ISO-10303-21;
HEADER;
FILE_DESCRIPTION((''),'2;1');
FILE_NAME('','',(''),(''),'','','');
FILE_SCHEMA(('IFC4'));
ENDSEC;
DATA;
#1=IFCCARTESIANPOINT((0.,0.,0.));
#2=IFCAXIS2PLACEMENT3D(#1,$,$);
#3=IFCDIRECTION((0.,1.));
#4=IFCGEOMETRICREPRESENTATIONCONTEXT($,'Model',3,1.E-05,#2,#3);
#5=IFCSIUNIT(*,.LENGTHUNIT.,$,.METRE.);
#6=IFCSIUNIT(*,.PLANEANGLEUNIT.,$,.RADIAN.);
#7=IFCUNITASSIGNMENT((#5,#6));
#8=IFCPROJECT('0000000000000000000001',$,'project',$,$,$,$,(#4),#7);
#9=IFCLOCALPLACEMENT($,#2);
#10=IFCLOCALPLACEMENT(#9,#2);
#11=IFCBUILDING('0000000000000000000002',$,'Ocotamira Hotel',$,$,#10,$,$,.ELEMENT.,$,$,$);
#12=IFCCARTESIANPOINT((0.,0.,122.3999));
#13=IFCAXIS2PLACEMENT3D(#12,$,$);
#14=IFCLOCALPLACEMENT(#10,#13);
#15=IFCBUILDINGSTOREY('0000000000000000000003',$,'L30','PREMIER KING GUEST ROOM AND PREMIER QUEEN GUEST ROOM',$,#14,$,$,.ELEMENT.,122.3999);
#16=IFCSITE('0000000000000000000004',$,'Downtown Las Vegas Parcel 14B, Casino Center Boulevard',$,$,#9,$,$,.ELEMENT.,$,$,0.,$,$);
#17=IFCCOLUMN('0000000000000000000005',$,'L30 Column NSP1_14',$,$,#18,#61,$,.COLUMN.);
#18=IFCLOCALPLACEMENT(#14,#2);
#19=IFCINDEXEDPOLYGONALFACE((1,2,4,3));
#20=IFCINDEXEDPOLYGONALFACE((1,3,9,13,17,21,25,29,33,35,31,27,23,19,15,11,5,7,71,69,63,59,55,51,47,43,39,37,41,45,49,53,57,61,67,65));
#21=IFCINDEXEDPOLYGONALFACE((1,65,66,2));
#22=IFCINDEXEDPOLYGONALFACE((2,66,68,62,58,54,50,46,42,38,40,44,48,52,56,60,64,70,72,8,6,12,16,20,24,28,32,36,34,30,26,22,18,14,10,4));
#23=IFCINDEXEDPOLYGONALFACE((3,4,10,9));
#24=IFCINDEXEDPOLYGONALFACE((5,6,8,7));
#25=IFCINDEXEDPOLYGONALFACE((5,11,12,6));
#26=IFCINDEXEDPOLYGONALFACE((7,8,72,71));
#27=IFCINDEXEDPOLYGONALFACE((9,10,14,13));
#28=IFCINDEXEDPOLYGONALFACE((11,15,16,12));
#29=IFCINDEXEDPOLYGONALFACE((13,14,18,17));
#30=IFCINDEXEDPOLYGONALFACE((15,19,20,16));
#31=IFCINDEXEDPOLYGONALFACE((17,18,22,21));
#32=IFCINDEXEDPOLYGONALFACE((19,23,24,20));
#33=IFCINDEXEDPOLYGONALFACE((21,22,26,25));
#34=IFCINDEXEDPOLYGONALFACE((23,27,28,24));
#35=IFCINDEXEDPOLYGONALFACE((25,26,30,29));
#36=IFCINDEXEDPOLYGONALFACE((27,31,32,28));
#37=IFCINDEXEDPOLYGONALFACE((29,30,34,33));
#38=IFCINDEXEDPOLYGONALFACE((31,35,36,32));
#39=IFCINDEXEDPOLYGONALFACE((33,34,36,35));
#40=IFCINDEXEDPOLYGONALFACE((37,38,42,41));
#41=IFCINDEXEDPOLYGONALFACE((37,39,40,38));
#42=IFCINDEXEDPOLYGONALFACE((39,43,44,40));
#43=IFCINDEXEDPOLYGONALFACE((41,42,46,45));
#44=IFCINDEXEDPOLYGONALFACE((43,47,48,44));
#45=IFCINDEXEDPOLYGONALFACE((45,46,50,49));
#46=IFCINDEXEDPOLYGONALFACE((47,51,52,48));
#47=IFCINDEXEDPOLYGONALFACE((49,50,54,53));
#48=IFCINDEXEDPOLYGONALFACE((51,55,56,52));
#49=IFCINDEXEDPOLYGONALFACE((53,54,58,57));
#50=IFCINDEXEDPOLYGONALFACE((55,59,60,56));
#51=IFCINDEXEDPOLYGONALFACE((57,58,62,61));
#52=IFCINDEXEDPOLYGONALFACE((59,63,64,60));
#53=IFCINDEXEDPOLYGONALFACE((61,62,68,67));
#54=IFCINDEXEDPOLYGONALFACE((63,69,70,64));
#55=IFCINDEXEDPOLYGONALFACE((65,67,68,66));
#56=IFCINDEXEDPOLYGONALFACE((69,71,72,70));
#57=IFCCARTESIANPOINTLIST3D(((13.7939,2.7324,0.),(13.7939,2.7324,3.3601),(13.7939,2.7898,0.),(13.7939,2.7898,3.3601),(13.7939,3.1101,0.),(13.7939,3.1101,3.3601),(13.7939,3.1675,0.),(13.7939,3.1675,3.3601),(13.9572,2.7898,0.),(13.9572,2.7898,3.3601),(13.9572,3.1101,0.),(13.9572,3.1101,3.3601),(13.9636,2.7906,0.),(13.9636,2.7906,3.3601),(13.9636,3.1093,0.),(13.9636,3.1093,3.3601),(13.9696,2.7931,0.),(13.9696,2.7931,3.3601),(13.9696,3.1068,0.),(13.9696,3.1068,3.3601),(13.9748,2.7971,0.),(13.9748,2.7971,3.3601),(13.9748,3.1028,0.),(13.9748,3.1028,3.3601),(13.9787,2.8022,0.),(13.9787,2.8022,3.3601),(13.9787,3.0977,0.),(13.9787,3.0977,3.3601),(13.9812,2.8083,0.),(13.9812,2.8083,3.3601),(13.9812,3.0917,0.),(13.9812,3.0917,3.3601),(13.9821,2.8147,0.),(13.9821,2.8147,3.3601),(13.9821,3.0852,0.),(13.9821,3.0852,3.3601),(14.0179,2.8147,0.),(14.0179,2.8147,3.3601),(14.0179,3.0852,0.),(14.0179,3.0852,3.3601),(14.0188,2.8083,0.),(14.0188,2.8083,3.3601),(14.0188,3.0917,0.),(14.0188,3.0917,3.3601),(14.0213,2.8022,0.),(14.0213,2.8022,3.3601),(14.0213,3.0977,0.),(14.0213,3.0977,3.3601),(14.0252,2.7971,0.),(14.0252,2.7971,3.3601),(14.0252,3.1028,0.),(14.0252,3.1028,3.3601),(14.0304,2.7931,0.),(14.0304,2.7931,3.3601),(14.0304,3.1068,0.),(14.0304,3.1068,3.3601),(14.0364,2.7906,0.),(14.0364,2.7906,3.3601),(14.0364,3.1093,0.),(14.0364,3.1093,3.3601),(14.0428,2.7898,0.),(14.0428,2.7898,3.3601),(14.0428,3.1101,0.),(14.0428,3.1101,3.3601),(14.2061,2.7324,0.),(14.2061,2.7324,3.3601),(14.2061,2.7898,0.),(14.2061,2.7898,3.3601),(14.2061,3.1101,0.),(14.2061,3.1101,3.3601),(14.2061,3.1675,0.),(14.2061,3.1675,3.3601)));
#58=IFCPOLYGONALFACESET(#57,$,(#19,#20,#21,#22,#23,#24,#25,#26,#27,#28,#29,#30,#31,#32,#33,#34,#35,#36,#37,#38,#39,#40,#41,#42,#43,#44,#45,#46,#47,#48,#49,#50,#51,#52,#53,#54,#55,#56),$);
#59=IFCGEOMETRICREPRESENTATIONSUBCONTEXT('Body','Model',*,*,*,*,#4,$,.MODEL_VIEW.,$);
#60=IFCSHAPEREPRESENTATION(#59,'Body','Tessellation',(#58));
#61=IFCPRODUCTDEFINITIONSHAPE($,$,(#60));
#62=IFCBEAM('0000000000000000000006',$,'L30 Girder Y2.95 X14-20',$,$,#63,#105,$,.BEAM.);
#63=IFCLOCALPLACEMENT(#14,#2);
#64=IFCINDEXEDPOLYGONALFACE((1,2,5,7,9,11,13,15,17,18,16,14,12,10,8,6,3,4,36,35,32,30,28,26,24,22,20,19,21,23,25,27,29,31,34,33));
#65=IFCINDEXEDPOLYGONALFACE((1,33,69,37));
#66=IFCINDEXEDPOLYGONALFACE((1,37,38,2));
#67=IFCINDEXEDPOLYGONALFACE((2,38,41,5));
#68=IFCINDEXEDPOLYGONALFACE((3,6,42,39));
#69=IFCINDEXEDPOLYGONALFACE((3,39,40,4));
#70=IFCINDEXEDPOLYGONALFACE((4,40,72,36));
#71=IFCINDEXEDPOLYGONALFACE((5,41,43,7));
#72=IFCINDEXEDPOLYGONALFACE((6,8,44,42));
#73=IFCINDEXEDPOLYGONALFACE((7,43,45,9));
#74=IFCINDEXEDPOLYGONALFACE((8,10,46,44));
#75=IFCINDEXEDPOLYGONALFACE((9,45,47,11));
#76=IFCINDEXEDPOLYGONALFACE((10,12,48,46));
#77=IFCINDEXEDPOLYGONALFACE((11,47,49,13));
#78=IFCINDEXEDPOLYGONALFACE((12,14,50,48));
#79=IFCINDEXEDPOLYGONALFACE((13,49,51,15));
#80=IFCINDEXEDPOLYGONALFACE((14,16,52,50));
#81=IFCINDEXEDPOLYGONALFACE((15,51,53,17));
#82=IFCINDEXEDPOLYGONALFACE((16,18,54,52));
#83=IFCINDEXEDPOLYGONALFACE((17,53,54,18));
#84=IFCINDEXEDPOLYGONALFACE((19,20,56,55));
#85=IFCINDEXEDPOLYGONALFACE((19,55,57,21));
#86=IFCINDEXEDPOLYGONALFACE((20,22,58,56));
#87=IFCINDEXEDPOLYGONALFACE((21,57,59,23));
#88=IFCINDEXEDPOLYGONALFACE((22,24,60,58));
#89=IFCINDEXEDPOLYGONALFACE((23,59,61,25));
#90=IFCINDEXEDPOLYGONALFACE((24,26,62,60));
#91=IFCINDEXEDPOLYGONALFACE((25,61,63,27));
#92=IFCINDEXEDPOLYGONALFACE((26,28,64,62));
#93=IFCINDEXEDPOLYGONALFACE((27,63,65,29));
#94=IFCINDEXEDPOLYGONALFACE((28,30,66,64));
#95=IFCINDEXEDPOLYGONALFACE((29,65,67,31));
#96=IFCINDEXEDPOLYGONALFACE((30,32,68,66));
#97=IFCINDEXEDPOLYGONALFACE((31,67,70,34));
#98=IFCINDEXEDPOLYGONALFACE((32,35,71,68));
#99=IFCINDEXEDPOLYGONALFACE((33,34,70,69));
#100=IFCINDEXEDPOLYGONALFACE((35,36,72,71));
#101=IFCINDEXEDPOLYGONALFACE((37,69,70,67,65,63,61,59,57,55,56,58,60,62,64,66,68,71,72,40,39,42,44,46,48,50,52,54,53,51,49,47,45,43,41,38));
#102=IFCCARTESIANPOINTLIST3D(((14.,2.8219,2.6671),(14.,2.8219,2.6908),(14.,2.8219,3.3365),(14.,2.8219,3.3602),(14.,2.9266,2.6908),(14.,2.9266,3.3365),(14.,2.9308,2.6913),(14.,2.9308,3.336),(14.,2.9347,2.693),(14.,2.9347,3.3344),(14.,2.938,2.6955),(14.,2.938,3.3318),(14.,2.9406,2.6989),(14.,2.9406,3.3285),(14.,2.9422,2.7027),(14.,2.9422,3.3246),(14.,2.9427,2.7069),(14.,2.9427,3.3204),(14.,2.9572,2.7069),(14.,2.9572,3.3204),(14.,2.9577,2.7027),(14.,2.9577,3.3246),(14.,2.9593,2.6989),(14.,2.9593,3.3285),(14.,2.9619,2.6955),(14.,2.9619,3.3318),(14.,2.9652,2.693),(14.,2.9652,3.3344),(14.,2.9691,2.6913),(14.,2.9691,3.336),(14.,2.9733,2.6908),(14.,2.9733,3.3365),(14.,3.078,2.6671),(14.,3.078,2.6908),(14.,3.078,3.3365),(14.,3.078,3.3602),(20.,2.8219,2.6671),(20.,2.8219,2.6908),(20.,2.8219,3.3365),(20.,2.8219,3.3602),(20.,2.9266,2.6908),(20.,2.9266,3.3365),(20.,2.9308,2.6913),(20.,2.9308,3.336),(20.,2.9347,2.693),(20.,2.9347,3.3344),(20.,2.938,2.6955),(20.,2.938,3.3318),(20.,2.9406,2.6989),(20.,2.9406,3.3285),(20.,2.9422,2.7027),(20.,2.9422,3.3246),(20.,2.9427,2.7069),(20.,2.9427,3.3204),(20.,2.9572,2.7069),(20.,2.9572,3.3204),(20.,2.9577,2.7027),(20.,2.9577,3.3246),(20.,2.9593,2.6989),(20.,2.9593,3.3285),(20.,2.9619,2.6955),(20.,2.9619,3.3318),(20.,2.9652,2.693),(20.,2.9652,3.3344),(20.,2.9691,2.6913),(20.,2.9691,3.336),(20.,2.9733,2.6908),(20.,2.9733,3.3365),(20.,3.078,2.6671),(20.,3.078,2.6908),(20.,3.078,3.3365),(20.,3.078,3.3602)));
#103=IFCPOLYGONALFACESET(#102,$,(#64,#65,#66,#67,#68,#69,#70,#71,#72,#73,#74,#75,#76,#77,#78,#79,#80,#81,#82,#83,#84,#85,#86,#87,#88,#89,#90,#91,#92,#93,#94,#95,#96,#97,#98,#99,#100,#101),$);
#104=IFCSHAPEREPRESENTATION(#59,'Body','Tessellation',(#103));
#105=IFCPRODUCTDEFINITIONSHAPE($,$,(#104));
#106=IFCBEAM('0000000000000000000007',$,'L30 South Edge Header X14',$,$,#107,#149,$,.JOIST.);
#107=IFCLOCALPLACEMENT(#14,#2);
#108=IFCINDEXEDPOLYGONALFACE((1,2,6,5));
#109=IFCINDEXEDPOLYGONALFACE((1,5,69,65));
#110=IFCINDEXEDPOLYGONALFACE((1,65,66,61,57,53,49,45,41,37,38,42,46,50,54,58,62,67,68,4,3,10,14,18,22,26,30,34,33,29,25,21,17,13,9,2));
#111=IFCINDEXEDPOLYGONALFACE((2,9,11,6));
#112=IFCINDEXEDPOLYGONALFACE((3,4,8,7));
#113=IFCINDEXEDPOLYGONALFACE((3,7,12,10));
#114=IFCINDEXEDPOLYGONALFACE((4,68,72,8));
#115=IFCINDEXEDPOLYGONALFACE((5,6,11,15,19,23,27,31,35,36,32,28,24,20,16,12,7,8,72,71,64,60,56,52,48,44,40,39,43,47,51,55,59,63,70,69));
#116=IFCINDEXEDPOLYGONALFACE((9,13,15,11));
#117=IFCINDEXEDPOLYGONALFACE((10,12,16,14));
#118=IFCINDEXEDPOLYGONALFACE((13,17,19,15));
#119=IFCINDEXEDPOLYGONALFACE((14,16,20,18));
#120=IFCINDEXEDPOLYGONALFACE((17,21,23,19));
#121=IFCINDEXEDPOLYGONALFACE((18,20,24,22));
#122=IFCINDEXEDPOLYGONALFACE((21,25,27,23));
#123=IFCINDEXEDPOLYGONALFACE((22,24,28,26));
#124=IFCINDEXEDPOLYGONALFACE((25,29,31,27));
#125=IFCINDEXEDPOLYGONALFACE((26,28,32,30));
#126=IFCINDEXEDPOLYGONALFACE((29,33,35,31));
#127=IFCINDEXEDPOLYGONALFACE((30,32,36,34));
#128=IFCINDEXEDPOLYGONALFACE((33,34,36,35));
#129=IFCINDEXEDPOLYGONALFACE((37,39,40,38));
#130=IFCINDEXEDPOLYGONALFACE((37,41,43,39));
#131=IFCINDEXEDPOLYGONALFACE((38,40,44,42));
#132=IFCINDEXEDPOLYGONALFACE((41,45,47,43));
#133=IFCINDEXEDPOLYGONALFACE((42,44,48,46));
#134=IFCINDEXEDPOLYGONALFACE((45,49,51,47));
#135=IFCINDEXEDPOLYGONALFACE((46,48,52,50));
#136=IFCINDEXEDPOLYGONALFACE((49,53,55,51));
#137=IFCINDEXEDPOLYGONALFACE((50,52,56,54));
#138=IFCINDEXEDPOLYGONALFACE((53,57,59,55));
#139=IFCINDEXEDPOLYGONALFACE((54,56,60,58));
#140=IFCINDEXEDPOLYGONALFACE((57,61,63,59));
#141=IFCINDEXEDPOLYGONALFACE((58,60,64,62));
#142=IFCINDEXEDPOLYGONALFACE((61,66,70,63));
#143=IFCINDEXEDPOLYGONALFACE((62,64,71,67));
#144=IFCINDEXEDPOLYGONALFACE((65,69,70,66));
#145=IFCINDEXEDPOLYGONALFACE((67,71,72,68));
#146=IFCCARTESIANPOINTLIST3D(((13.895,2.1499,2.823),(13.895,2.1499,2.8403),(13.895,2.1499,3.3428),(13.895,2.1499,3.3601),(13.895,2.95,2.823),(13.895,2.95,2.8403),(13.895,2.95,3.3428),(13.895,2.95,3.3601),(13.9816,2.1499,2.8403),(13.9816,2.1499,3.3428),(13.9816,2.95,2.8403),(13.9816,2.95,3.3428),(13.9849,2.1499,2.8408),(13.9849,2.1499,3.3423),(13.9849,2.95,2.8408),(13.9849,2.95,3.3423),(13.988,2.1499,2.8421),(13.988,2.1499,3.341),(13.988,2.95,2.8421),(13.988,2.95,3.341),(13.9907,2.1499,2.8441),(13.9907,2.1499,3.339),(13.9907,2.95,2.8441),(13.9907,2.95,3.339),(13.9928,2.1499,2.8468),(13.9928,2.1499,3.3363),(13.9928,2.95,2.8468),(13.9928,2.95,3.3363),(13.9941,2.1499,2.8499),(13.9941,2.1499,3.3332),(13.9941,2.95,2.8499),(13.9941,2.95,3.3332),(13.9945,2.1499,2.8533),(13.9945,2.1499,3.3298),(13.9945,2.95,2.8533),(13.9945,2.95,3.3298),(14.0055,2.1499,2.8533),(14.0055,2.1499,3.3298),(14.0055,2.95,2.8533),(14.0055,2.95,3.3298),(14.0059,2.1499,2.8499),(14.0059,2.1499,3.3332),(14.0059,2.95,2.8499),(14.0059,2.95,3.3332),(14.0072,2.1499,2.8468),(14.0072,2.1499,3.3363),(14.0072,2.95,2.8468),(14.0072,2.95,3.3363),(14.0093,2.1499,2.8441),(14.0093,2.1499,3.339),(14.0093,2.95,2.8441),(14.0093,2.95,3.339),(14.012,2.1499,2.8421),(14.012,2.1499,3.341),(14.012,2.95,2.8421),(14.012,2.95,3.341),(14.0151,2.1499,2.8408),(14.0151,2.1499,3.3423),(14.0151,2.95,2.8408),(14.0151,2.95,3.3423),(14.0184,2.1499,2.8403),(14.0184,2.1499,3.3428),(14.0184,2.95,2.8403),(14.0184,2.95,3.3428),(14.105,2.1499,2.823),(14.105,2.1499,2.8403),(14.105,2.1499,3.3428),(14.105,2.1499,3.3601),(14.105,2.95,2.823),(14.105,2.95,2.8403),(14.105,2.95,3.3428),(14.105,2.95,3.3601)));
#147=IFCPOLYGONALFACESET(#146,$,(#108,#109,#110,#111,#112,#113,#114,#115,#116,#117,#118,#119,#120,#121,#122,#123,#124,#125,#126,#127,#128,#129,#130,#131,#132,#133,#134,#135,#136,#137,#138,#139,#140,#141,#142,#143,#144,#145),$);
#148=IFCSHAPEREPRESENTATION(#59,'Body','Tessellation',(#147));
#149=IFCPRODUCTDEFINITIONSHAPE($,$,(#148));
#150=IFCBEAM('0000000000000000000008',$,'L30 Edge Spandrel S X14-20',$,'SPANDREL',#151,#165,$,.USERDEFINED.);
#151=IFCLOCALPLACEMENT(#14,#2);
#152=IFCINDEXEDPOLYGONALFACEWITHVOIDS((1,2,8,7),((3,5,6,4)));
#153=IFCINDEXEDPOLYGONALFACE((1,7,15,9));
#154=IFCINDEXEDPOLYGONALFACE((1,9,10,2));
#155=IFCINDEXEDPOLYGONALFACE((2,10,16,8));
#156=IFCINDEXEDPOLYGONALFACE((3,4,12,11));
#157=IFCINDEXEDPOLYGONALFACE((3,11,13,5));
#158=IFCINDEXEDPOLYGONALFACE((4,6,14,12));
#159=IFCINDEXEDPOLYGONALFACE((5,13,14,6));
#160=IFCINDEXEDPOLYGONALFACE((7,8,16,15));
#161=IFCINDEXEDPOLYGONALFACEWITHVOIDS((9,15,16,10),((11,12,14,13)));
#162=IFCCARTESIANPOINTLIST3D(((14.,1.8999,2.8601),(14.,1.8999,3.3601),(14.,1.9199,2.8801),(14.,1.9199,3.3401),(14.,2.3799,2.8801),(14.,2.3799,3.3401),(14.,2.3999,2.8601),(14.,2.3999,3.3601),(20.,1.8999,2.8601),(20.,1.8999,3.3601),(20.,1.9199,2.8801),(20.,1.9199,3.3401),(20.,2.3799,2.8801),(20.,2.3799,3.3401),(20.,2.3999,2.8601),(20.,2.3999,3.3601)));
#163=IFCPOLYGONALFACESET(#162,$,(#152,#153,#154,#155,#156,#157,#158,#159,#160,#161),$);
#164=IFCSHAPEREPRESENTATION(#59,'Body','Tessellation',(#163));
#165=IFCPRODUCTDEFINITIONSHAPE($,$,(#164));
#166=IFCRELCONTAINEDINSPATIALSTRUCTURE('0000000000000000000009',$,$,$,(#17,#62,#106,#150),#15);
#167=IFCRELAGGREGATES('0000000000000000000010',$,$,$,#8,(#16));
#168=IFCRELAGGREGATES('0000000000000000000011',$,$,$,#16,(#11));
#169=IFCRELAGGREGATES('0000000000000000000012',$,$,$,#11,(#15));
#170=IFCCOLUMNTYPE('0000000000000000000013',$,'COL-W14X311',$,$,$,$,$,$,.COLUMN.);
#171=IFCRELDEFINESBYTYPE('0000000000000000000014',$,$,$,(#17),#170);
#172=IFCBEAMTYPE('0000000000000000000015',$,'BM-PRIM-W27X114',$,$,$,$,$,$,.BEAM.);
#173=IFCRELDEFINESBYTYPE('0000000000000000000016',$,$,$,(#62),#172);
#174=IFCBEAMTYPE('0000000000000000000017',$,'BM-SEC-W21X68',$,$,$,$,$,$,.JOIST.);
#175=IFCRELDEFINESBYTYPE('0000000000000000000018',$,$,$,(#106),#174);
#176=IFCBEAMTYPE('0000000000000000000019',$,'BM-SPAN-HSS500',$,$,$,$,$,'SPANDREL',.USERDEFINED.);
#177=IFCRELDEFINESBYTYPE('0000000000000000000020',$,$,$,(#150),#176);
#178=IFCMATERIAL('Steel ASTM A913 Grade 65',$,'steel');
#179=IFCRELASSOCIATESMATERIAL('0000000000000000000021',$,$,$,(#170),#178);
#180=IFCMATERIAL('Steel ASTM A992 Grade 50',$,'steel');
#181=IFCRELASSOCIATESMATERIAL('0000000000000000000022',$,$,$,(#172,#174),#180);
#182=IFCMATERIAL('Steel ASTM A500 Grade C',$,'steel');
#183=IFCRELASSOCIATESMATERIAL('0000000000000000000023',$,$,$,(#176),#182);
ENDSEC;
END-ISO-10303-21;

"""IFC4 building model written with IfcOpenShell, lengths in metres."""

from ifc_helpers import new_model, si_unit, direction, frame, origin, origin_2d, place, context, subcontext, project, spatial, hollow_rectangle, i_section, extrude, source, transform, mapped, material, material_profile, profile_set, type_object, element, save


model = new_model("IFC4")

# Units and contexts
model_context = context("Model", 3, precision=1e-05, world=origin(), true_north=direction((0.0, 1.0)))
body_context = subcontext(model_context, "Body", "Model", "MODEL_VIEW")
ifc_project = project(units=[si_unit("LENGTHUNIT", "METRE"), si_unit("PLANEANGLEUNIT", "RADIAN")], contexts=[model_context])

# Site, building, storey
site_placement = place(None, origin())
site = spatial("IfcSite", under=ifc_project, at=site_placement, Name="Downtown Las Vegas Parcel 14B, Casino Center Boulevard", CompositionType="ELEMENT", RefElevation=0.0)
building_placement = place(site_placement, origin())
building = spatial("IfcBuilding", under=site, at=building_placement, Name="Ocotamira Hotel", CompositionType="ELEMENT")
storey_placement = place(building_placement, frame((0.0, 0.0, 122.3999)))
storey = spatial("IfcBuildingStorey", under=building, at=storey_placement, Name="L30", Description="PREMIER KING GUEST ROOM AND PREMIER QUEEN GUEST ROOM", CompositionType="ELEMENT", Elevation=122.3999)

# Column
ifc_material_1 = material(Name="Steel ASTM A913 Grade 65", Category="steel")
ifc_material_profile_1 = material_profile(ifc_material_1, i_section(OverallWidth=0.4121, OverallDepth=0.4351, WebThickness=0.0359, FlangeThickness=0.0574, FilletRadius=0.0249, at=origin_2d()), Name="W14X311")
ifc_profile_set_1 = profile_set([ifc_material_profile_1], Name="Steel ASTM A913 Grade 65")
column_type = type_object("IfcColumnType", Name="COL-W14X311", PredefinedType="COLUMN", material=ifc_profile_set_1)
shared_shape_1 = source(origin(), body_context, "Body", "SweptSolid", [
    extrude(i_section(OverallWidth=0.4121, OverallDepth=0.4351, WebThickness=0.0359, FlangeThickness=0.0574, FilletRadius=0.0249, at=origin_2d()), origin(), (0.0, 0.0, 1.0), 3.3601),
])
column_placement = place(storey_placement, frame((14.0, 2.95, 0.0), z_axis=(0.0, 0.0, 1.0), x_axis=(1.0, 0.0, 0.0)))
element("IfcColumn", 1, at=column_placement, inside=storey, type_object=column_type, Name="L30 Column NSP1_14", PredefinedType="COLUMN", context=body_context, shape_type="MappedRepresentation", body=[
    mapped(shared_shape_1, transform((0.0, 0.0, 0.0), scale=1.0)),
])

# Beams
ifc_material_2 = material(Name="Steel ASTM A992 Grade 50", Category="steel")
ifc_material_profile_2 = material_profile(ifc_material_2, i_section(OverallWidth=0.2561, OverallDepth=0.6931, WebThickness=0.0144, FlangeThickness=0.0237, FilletRadius=0.0161, at=origin_2d()), Name="W27X114")
ifc_profile_set_2 = profile_set([ifc_material_profile_2], Name="Steel ASTM A992 Grade 50")
beam_type_1 = type_object("IfcBeamType", Name="BM-PRIM-W27X114", PredefinedType="BEAM", material=ifc_profile_set_2)
shared_shape_2 = source(origin(), body_context, "Body", "SweptSolid", [
    extrude(i_section(OverallWidth=0.2561, OverallDepth=0.6931, WebThickness=0.0144, FlangeThickness=0.0237, FilletRadius=0.0161, at=origin_2d()), origin(), (0.0, 0.0, 1.0), 6.0),
])
beam_1_placement = place(storey_placement, frame((14.0, 2.95, 3.0137), z_axis=(1.0, 0.0, 0.0), x_axis=(0.0, 1.0, 0.0)))
element("IfcBeam", 2, at=beam_1_placement, inside=storey, type_object=beam_type_1, Name="L30 Girder Y2.95 X14-20", PredefinedType="BEAM", context=body_context, shape_type="MappedRepresentation", body=[
    mapped(shared_shape_2, transform((0.0, 0.0, 0.0), scale=1.0)),
])
ifc_material_profile_3 = material_profile(ifc_material_2, i_section(OverallWidth=0.21, OverallDepth=0.5371, WebThickness=0.011, FlangeThickness=0.0173, FilletRadius=0.0129, at=origin_2d()), Name="W21X68")
ifc_profile_set_3 = profile_set([ifc_material_profile_3], Name="Steel ASTM A992 Grade 50")
beam_type_2 = type_object("IfcBeamType", Name="BM-SEC-W21X68", PredefinedType="JOIST", material=ifc_profile_set_3)
shared_shape_3 = source(origin(), body_context, "Body", "SweptSolid", [
    extrude(i_section(OverallWidth=0.21, OverallDepth=0.5371, WebThickness=0.011, FlangeThickness=0.0173, FilletRadius=0.0129, at=origin_2d()), origin(), (0.0, 0.0, 1.0), 0.8),
])
beam_2_placement = place(storey_placement, frame((14.0, 2.95, 3.0916), z_axis=(0.0, -1.0, 0.0), x_axis=(1.0, 0.0, 0.0)))
element("IfcBeam", 3, at=beam_2_placement, inside=storey, type_object=beam_type_2, Name="L30 South Edge Header X14", PredefinedType="JOIST", context=body_context, shape_type="MappedRepresentation", body=[
    mapped(shared_shape_3, transform((0.0, 0.0, 0.0), scale=1.0)),
])
ifc_material_3 = material(Name="Steel ASTM A500 Grade C", Category="steel")
ifc_material_profile_4 = material_profile(ifc_material_3, hollow_rectangle(XDim=0.5, YDim=0.5, WallThickness=0.02, at=origin_2d()), Name="HSS500X500X20")
ifc_profile_set_4 = profile_set([ifc_material_profile_4], Name="Steel ASTM A500 Grade C")
beam_type_3 = type_object("IfcBeamType", Name="BM-SPAN-HSS500", ElementType="SPANDREL", PredefinedType="USERDEFINED", material=ifc_profile_set_4)
shared_shape_4 = source(origin(), body_context, "Body", "SweptSolid", [
    extrude(hollow_rectangle(XDim=0.5, YDim=0.5, WallThickness=0.02, at=origin_2d()), origin(), (0.0, 0.0, 1.0), 6.0),
])
beam_3_placement = place(storey_placement, frame((14.0, 2.1499, 3.1101), z_axis=(1.0, 0.0, 0.0), x_axis=(0.0, 1.0, 0.0)))
element("IfcBeam", 4, at=beam_3_placement, inside=storey, type_object=beam_type_3, Name="L30 Edge Spandrel S X14-20", ObjectType="SPANDREL", PredefinedType="USERDEFINED", context=body_context, shape_type="MappedRepresentation", body=[
    mapped(shared_shape_4, transform((0.0, 0.0, 0.0), scale=1.0)),
])

save(model, "model.ifc")
